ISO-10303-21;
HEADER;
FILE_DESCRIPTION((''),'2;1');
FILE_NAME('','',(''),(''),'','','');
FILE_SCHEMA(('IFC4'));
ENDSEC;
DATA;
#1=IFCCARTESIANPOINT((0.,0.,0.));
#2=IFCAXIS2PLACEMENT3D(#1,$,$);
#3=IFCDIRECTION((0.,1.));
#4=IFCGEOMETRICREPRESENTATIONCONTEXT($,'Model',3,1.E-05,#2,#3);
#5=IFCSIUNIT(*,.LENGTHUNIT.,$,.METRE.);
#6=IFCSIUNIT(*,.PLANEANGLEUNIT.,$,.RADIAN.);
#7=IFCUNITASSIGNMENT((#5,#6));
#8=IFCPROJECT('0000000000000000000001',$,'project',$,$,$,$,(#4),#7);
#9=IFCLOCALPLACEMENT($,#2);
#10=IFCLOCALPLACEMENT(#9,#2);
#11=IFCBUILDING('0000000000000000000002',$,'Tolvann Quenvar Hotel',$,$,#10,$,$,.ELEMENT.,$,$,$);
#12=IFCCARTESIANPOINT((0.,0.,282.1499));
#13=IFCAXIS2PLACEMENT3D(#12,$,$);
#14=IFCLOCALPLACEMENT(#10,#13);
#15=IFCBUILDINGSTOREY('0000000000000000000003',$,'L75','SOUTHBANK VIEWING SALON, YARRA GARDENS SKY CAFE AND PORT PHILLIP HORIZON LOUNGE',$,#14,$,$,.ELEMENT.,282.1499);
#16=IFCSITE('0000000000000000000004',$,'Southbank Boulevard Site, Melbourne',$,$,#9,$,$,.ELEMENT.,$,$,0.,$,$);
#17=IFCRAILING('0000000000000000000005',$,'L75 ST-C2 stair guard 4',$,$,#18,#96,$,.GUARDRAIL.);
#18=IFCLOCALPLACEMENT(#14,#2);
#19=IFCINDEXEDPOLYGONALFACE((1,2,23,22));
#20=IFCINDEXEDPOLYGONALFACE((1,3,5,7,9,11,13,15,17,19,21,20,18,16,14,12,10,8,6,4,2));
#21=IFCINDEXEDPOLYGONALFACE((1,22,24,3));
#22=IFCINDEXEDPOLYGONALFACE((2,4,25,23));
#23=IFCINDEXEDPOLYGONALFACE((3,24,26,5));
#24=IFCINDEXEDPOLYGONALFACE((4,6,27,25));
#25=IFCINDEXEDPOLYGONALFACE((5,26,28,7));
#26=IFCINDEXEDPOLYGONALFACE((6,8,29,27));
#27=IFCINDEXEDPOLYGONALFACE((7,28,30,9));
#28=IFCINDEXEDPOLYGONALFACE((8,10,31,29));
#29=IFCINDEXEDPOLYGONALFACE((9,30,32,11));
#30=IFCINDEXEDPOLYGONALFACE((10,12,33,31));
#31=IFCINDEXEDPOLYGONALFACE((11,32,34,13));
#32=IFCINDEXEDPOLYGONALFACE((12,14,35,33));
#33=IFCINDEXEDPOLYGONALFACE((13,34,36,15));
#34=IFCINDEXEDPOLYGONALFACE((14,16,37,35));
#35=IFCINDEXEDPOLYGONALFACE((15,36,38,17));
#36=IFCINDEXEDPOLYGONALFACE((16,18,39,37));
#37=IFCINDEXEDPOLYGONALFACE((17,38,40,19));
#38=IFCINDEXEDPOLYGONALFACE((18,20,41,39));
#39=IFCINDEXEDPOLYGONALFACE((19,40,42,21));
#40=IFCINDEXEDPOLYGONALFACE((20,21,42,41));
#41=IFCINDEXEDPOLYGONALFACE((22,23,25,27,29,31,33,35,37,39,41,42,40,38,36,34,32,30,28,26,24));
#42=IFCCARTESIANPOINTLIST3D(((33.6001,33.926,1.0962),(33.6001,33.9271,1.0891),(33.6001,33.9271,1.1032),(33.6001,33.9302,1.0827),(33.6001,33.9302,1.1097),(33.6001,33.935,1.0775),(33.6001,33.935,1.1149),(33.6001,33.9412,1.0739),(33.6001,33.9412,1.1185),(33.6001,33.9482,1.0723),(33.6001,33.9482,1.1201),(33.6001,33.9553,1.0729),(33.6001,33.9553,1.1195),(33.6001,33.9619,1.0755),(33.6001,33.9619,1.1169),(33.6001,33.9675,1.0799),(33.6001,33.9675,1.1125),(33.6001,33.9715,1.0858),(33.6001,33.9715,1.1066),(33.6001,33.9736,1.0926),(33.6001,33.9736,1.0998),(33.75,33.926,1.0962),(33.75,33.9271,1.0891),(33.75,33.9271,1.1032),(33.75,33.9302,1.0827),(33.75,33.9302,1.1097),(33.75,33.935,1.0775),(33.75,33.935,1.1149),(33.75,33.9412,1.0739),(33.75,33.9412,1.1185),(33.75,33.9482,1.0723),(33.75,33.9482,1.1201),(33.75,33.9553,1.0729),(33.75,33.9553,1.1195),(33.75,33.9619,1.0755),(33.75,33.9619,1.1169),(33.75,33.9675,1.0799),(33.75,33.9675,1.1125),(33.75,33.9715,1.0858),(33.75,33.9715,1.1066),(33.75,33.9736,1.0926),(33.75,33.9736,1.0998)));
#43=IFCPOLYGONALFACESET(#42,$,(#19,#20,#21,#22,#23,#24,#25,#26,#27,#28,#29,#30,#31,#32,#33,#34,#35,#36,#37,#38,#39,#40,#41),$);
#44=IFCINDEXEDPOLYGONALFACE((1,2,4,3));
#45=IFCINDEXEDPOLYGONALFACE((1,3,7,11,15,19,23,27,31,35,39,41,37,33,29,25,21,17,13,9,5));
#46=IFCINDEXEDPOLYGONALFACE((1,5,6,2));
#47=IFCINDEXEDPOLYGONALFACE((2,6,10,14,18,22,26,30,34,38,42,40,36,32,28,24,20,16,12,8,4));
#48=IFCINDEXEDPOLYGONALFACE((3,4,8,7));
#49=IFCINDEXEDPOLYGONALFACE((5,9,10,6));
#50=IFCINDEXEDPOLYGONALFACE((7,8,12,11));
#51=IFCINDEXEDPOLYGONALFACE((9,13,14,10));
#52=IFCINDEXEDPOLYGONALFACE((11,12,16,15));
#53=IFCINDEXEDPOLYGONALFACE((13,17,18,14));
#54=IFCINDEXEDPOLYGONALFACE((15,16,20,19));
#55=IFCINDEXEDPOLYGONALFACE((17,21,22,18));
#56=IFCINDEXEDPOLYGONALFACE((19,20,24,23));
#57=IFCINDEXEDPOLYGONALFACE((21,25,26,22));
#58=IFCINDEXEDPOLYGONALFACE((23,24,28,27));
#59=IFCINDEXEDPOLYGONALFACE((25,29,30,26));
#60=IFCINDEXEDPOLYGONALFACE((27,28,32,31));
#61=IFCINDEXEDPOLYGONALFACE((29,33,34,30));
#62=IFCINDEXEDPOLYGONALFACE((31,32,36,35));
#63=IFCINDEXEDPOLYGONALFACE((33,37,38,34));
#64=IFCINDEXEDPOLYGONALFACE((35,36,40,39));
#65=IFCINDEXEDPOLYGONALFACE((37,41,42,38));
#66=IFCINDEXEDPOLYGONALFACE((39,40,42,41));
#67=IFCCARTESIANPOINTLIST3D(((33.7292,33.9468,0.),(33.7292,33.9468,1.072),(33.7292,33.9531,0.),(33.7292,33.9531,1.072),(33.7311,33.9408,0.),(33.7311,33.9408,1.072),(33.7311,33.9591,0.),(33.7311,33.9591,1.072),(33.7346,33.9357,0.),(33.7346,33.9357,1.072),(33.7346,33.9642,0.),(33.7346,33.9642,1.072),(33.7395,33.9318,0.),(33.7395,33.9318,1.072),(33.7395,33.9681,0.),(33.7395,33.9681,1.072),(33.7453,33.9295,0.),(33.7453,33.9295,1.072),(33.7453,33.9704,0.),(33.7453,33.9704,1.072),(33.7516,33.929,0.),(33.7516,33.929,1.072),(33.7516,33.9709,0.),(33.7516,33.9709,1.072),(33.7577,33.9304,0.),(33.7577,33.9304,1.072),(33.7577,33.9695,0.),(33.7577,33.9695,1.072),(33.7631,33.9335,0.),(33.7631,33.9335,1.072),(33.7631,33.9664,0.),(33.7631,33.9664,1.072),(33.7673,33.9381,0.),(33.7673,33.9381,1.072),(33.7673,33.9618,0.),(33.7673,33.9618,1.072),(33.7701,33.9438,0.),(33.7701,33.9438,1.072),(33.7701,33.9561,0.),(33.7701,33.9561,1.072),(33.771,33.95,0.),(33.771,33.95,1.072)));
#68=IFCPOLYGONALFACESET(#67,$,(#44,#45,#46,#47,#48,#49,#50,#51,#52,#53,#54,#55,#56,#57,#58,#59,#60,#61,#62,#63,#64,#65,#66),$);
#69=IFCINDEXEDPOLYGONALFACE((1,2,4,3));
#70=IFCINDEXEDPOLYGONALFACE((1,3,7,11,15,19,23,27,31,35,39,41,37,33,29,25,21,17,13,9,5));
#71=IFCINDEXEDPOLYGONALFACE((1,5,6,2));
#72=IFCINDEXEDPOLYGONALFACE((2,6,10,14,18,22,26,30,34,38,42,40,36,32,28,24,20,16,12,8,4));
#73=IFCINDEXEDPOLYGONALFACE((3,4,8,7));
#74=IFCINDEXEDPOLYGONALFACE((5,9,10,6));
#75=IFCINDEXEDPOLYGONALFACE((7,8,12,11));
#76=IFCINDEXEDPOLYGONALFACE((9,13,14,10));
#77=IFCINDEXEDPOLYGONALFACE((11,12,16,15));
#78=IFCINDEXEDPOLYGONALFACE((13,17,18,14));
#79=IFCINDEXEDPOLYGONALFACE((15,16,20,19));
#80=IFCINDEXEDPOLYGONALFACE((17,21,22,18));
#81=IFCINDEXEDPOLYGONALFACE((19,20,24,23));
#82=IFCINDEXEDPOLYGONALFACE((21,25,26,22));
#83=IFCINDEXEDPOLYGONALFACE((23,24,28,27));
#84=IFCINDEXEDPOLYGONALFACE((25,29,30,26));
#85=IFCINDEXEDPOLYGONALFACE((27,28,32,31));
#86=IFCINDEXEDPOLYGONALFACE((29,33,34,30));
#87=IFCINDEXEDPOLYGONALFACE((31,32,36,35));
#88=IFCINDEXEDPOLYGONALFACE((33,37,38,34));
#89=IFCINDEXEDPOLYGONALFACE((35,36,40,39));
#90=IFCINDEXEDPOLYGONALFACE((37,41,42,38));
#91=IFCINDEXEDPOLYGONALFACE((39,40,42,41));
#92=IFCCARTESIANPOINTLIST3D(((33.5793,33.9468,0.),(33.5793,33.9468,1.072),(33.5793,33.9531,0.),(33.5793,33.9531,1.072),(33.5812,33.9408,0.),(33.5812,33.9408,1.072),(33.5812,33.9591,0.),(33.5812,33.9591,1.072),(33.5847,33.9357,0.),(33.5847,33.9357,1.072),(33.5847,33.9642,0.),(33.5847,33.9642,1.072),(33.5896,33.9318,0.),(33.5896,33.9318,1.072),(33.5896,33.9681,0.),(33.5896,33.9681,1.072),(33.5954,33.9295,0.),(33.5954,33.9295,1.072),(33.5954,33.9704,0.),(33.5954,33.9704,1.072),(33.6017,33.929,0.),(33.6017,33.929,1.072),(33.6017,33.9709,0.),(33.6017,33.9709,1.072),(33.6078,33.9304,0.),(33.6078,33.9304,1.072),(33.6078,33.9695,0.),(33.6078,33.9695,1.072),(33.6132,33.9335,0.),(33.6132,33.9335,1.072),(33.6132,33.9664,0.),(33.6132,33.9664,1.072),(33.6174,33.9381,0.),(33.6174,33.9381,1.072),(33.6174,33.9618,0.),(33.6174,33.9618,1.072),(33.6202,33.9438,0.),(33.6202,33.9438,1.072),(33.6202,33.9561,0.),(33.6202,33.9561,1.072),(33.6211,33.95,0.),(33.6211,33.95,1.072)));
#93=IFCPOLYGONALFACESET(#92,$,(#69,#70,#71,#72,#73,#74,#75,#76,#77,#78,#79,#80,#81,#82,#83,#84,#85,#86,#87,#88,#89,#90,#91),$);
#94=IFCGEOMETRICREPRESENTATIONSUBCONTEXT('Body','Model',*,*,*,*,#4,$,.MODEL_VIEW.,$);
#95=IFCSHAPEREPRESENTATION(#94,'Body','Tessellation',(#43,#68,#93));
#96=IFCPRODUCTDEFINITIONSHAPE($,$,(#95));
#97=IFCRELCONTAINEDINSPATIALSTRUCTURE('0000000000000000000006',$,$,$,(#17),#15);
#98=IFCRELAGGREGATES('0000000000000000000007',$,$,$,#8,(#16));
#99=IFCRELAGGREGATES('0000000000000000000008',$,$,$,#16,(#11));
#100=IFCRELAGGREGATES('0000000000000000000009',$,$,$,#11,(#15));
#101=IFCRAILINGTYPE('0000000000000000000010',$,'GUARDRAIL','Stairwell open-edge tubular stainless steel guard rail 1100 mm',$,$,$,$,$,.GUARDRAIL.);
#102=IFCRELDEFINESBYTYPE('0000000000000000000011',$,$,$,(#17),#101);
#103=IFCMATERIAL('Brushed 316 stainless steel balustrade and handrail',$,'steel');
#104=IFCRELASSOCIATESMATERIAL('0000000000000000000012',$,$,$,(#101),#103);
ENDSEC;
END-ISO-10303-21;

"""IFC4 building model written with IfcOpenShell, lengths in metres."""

from ifc_helpers import new_model, si_unit, direction, frame, origin, origin_2d, place, context, subcontext, project, spatial, circle, extrude, material, type_object, element, save


model = new_model("IFC4")

# Units and contexts
model_context = context("Model", 3, precision=1e-05, world=origin(), true_north=direction((0.0, 1.0)))
body_context = subcontext(model_context, "Body", "Model", "MODEL_VIEW")
ifc_project = project(units=[si_unit("LENGTHUNIT", "METRE"), si_unit("PLANEANGLEUNIT", "RADIAN")], contexts=[model_context])

# Site, building, storey
site_placement = place(None, origin())
site = spatial("IfcSite", under=ifc_project, at=site_placement, Name="Southbank Boulevard Site, Melbourne", CompositionType="ELEMENT", RefElevation=0.0)
building_placement = place(site_placement, origin())
building = spatial("IfcBuilding", under=site, at=building_placement, Name="Tolvann Quenvar Hotel", CompositionType="ELEMENT")
storey_placement = place(building_placement, frame((0.0, 0.0, 282.1499)))
storey = spatial("IfcBuildingStorey", under=building, at=storey_placement, Name="L75", Description="SOUTHBANK VIEWING SALON, YARRA GARDENS SKY CAFE AND PORT PHILLIP HORIZON LOUNGE", CompositionType="ELEMENT", Elevation=282.1499)

# Railing
ifc_material_1 = material(Name="Brushed 316 stainless steel balustrade and handrail", Category="steel")
railing_type_1 = type_object("IfcRailingType", Name="GUARDRAIL", Description="Stairwell open-edge tubular stainless steel guard rail 1100 mm", PredefinedType="GUARDRAIL", material=ifc_material_1)
railing_1_placement = place(storey_placement, frame((33.75, 33.95, 0.0)))
element("IfcRailing", 1, at=railing_1_placement, inside=storey, type_object=railing_type_1, Name="L75 ST-C2 stair guard 4", PredefinedType="GUARDRAIL", context=body_context, shape_type="SweptSolid", body=[
    extrude(circle(Radius=0.0239, at=origin_2d()), frame((0.0, 0.0, 1.0962), z_axis=(-1.0, 0.0, 0.0), x_axis=(0.0, -1.0, 0.0)), (0.0, 0.0, 1.0), 0.1499),
    extrude(circle(Radius=0.021, at=origin_2d()), origin(), (0.0, 0.0, 1.0), 1.072),
    extrude(circle(Radius=0.021, at=origin_2d()), frame((-0.1499, 0.0, 0.0)), (0.0, 0.0, 1.0), 1.072),
])

save(model, "model.ifc")
